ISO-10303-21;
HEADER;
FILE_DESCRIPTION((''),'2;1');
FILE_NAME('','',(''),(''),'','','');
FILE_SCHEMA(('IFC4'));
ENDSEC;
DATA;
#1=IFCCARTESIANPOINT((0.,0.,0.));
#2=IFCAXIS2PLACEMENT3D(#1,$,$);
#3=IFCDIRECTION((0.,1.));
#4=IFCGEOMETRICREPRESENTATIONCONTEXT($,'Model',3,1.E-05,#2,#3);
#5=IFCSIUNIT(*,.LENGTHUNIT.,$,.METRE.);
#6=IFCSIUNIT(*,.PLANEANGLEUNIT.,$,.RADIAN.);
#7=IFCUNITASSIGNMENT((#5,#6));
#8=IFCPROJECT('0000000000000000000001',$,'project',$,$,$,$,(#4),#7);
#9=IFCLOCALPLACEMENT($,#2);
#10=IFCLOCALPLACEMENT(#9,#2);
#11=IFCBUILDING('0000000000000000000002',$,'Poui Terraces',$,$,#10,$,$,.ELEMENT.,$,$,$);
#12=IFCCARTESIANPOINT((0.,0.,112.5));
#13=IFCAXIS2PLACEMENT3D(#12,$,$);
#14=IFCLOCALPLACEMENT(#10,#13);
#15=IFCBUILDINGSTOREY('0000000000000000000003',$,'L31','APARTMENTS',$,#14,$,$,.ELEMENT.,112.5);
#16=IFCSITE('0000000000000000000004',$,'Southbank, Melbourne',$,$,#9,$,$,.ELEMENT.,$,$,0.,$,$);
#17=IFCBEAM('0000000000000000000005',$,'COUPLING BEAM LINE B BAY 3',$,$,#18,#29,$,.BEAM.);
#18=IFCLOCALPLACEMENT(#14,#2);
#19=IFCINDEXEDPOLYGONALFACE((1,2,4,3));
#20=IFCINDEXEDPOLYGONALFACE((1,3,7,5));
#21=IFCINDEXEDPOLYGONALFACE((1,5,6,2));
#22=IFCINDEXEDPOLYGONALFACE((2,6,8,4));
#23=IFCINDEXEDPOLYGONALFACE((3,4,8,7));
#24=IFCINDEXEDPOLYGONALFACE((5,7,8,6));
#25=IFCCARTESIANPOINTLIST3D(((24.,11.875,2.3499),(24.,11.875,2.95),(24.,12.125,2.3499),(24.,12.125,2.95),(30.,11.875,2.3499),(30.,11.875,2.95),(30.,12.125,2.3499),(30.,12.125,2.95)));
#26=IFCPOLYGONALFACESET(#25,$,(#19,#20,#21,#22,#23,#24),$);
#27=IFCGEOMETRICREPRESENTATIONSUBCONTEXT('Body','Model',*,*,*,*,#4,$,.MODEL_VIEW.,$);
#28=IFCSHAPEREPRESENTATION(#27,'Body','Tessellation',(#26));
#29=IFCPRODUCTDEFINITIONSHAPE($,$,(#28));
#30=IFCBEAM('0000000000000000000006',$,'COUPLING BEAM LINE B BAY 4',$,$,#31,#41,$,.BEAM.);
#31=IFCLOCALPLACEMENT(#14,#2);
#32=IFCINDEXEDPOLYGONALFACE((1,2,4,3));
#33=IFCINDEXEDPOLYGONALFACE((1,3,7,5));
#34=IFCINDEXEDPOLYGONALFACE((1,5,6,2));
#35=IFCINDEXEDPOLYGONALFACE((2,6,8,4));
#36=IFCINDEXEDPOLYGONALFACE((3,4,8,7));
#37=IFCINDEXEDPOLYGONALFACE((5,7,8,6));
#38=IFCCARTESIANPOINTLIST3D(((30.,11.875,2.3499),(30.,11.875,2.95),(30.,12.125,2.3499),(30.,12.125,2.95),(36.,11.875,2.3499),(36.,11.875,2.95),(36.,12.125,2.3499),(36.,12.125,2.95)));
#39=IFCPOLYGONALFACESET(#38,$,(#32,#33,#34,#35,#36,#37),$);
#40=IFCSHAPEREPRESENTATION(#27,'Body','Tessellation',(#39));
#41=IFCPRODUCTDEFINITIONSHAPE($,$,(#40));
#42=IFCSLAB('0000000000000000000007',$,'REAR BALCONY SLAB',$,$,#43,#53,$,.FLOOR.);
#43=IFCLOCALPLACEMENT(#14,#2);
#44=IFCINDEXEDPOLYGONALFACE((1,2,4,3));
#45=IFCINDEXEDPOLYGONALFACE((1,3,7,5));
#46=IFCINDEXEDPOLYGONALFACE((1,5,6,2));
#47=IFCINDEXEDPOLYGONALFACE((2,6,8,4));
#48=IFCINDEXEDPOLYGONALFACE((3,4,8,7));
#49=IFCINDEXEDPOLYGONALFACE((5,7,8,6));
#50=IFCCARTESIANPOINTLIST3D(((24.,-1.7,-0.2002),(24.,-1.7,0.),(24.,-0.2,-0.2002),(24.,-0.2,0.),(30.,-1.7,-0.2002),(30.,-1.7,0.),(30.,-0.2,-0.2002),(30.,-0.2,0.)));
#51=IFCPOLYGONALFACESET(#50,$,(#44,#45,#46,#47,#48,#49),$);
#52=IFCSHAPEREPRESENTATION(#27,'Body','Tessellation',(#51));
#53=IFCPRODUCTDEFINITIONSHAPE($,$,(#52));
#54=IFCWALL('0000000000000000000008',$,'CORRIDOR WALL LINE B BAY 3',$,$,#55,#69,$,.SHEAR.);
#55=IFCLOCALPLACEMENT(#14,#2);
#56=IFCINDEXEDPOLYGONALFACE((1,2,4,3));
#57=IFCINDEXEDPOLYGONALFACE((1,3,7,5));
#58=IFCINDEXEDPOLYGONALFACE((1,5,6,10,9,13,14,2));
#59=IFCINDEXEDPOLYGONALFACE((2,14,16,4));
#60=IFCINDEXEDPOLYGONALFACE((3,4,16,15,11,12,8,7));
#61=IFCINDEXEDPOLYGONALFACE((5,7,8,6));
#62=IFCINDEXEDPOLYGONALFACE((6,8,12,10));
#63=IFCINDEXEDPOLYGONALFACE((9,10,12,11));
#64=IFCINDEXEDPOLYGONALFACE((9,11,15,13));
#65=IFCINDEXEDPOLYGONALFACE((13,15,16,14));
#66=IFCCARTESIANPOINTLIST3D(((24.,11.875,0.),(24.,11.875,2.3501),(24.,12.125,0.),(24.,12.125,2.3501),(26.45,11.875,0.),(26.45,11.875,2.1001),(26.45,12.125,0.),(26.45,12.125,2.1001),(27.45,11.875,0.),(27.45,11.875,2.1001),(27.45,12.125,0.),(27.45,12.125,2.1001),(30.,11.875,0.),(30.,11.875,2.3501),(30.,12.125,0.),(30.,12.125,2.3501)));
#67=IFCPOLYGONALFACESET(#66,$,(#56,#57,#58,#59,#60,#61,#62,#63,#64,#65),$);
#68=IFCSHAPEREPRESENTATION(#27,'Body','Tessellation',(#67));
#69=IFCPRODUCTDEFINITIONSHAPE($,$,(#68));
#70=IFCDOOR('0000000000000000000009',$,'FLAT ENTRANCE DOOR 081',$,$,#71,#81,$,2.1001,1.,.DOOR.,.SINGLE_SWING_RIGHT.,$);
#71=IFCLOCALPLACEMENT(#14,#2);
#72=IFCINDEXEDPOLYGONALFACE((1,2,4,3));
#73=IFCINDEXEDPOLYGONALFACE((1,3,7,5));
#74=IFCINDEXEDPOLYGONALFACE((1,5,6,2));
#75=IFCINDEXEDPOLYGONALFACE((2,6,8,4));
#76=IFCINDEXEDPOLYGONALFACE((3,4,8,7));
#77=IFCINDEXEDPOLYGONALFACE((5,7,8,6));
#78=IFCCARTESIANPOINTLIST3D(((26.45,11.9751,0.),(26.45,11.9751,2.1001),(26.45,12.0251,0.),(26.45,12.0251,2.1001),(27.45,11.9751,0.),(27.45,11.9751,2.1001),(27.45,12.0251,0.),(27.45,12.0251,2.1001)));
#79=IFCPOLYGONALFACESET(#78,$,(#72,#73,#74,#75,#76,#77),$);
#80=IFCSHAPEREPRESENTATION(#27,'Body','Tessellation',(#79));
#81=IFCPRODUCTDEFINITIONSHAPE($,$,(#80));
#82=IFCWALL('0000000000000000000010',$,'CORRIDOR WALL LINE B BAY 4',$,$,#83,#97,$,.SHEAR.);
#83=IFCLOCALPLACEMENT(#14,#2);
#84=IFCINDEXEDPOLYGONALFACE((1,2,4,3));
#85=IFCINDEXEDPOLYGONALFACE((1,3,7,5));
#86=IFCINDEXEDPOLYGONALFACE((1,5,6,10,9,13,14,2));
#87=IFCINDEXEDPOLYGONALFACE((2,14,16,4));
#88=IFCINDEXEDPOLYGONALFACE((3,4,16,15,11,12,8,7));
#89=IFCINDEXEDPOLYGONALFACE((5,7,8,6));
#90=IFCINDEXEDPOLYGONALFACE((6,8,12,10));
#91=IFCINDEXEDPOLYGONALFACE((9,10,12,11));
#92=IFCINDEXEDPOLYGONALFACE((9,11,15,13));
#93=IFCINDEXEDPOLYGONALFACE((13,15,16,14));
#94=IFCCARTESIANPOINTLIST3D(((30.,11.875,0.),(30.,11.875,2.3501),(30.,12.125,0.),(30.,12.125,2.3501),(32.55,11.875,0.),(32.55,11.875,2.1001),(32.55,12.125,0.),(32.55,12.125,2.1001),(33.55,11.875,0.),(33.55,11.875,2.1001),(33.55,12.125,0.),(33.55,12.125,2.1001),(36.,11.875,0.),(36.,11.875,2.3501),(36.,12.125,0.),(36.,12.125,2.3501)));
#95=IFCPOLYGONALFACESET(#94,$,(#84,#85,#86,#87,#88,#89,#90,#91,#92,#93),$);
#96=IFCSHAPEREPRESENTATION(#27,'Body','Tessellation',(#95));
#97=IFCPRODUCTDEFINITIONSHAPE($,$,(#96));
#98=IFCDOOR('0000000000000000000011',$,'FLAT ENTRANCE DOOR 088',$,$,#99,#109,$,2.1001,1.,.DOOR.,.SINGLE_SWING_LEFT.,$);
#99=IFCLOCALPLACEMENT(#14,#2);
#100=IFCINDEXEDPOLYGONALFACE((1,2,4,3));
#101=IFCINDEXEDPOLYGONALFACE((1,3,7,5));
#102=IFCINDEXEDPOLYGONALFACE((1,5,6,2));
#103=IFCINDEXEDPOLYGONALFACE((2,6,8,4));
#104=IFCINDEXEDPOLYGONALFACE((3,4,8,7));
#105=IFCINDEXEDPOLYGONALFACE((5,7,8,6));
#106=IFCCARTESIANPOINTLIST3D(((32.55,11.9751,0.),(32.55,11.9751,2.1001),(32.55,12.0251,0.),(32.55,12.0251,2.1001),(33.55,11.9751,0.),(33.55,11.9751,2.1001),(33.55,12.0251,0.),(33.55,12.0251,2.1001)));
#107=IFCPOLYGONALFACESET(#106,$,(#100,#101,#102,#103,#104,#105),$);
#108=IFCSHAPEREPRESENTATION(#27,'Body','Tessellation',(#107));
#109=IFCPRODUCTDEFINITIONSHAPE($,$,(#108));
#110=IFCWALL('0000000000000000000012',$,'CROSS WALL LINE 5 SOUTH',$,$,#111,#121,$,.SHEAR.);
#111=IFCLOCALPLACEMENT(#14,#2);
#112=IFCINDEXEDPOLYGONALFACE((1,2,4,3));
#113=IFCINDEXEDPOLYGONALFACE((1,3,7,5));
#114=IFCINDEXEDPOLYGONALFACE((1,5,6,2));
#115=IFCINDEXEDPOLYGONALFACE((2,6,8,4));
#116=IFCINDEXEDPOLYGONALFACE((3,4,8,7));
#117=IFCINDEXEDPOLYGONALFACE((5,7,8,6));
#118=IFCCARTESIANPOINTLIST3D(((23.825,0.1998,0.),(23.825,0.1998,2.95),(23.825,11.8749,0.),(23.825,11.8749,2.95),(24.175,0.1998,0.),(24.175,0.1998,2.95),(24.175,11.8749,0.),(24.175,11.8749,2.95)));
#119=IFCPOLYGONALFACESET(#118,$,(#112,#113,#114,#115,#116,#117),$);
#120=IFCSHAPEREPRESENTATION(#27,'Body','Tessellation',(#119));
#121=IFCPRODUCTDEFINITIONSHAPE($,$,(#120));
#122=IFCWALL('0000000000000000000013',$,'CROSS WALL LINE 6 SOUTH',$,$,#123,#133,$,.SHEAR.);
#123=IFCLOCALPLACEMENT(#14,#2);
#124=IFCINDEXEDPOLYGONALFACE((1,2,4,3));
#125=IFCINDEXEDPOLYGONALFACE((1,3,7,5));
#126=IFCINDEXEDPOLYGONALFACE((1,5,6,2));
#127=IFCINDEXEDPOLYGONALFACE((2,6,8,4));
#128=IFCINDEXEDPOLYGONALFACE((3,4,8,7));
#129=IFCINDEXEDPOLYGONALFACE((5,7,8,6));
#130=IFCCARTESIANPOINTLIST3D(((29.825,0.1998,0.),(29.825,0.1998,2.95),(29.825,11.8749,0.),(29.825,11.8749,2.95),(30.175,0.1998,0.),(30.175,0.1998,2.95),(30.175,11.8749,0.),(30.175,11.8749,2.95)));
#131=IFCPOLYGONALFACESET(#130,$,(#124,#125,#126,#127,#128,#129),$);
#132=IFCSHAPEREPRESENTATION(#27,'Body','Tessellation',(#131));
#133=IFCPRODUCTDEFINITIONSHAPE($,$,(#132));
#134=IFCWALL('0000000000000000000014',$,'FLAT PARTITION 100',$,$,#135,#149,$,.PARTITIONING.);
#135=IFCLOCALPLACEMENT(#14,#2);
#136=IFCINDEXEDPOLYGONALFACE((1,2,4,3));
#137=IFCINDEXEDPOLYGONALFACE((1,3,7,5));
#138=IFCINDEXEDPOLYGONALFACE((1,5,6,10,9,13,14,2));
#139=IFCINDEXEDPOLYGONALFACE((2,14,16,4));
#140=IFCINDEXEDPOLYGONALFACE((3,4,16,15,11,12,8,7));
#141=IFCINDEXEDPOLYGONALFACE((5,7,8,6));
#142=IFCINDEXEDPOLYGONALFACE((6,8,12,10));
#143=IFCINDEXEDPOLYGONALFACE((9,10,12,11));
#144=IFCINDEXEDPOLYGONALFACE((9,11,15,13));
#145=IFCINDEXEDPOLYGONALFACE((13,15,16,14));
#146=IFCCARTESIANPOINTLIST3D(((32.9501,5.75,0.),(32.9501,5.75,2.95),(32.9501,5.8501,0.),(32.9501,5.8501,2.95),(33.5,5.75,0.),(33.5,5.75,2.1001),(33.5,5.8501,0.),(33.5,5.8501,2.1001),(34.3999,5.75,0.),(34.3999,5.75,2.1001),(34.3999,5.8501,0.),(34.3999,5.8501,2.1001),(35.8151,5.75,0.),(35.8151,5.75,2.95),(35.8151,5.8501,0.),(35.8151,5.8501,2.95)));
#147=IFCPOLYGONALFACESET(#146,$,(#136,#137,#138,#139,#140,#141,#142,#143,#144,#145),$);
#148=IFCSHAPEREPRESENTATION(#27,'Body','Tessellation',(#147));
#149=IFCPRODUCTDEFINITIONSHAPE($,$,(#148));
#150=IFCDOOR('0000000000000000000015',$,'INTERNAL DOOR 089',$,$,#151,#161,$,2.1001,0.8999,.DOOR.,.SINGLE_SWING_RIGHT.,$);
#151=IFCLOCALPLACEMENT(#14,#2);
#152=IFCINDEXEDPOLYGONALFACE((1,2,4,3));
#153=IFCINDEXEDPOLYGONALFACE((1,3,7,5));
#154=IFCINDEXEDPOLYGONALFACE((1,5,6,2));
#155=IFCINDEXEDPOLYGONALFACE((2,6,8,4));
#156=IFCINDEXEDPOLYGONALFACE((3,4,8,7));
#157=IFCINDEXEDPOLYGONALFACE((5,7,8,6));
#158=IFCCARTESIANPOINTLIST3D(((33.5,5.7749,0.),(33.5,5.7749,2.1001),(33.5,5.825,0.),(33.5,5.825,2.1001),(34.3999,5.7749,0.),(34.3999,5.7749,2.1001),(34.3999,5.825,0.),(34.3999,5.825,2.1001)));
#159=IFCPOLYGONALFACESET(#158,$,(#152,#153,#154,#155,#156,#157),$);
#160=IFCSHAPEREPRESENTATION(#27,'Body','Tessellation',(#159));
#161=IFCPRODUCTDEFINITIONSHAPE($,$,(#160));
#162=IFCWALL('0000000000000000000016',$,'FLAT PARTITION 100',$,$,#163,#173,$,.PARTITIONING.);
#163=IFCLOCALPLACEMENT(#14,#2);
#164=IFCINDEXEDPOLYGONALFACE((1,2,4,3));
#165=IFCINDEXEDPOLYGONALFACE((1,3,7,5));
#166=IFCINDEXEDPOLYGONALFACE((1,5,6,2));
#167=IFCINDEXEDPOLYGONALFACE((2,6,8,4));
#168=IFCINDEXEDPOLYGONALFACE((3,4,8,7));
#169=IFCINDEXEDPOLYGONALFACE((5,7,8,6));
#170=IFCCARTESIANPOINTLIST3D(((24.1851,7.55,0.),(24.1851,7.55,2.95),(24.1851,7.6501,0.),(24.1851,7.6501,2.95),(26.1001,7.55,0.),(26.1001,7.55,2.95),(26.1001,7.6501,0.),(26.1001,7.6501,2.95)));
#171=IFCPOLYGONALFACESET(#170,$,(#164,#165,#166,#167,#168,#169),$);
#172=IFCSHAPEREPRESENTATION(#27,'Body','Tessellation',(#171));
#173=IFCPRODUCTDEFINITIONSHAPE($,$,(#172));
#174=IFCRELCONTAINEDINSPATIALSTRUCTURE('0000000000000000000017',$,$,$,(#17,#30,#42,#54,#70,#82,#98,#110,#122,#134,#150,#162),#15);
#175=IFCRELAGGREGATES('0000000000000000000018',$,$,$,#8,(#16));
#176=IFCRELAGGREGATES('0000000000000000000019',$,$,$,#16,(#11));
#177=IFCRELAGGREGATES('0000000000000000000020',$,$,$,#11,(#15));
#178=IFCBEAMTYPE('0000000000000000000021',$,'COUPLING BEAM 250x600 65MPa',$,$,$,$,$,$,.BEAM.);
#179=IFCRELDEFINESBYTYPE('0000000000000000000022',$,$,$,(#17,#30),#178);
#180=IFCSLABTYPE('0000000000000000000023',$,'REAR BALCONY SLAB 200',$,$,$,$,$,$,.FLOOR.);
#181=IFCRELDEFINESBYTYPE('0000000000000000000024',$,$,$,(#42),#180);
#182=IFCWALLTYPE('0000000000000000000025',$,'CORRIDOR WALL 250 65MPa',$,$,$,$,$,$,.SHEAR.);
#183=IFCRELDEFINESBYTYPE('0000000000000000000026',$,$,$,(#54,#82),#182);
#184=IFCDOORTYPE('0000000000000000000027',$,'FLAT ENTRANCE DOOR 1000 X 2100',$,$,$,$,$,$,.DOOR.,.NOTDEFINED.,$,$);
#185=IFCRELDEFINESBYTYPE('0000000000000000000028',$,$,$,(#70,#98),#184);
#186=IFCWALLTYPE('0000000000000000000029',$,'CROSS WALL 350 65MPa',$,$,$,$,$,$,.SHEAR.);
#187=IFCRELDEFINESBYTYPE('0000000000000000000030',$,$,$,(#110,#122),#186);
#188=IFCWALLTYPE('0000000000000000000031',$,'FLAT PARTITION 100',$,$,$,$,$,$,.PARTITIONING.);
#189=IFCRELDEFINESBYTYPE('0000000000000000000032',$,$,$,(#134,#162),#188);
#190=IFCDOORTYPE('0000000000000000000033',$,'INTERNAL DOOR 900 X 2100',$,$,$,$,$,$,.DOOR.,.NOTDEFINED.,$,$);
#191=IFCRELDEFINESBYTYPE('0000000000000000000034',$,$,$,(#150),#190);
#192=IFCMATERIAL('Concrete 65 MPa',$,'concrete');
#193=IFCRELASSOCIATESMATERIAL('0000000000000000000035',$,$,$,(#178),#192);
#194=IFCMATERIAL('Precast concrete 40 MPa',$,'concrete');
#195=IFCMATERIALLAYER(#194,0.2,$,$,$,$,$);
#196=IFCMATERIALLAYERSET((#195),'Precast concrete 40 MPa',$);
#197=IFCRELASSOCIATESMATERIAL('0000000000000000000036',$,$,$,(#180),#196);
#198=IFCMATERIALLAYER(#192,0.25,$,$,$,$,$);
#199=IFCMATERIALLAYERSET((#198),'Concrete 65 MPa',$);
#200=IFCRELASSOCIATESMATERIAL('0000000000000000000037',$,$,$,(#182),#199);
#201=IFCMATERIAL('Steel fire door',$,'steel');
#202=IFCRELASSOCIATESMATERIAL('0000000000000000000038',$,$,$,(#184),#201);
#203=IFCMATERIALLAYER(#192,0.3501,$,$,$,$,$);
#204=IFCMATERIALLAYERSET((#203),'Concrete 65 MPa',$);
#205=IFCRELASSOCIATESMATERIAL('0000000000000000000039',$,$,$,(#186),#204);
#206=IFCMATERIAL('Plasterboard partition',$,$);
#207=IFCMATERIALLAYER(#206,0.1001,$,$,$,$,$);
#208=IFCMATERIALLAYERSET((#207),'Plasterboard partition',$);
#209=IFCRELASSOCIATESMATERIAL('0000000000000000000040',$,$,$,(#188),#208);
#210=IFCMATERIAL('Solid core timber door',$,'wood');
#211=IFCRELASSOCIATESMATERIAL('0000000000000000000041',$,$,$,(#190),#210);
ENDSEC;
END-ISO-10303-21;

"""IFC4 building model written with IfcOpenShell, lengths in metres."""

from ifc_helpers import new_model, si_unit, direction, frame, frame_2d, origin, origin_2d, place, context, subcontext, project, spatial, polyline, rectangle, outline, extrude, source, transform, mapped, material, layer, layer_set, material_profile, profile_set, type_object, element, fill, save


model = new_model("IFC4")

# Units and contexts
model_context = context("Model", 3, precision=1e-05, world=origin(), true_north=direction((0.0, 1.0)))
body_context = subcontext(model_context, "Body", "Model", "MODEL_VIEW")
ifc_project = project(units=[si_unit("LENGTHUNIT", "METRE"), si_unit("PLANEANGLEUNIT", "RADIAN")], contexts=[model_context])

# Site, building, storey
site_placement = place(None, origin())
site = spatial("IfcSite", under=ifc_project, at=site_placement, Name="Southbank, Melbourne", CompositionType="ELEMENT", RefElevation=0.0)
building_placement = place(site_placement, origin())
building = spatial("IfcBuilding", under=site, at=building_placement, Name="Poui Terraces", CompositionType="ELEMENT")
storey_placement = place(building_placement, frame((0.0, 0.0, 112.5)))
storey = spatial("IfcBuildingStorey", under=building, at=storey_placement, Name="L31", Description="APARTMENTS", CompositionType="ELEMENT", Elevation=112.5)

# Beams
ifc_material_1 = material(Name="Concrete 65 MPa", Category="concrete")
ifc_material_profile_1 = material_profile(ifc_material_1, rectangle(XDim=0.25, YDim=0.6001, at=origin_2d()), Name="RC 250x600")
ifc_profile_set_1 = profile_set([ifc_material_profile_1], Name="Concrete 65 MPa")
beam_type = type_object("IfcBeamType", Name="COUPLING BEAM 250x600 65MPa", PredefinedType="BEAM", material=ifc_profile_set_1)
shared_shape_1 = source(origin(), body_context, "Body", "SweptSolid", [
    extrude(rectangle(XDim=0.25, YDim=0.6001, at=origin_2d()), origin(), (0.0, 0.0, 1.0), 6.0),
])
for number, where, z_axis, x_axis, name in (
    (1, (24.0, 12.0, 2.6499), (1.0, 0.0, 0.0), (0.0, 1.0, 0.0), "COUPLING BEAM LINE B BAY 3"),
    (2, (30.0, 12.0, 2.6499), (1.0, 0.0, 0.0), (0.0, 1.0, 0.0), "COUPLING BEAM LINE B BAY 4"),
):
    element("IfcBeam", number, at=place(storey_placement, frame(where, z_axis=z_axis, x_axis=x_axis)), inside=storey, type_object=beam_type, Name=name, PredefinedType="BEAM", context=body_context, shape_type="MappedRepresentation", body=[
        mapped(shared_shape_1, transform((0.0, 0.0, 0.0))),
    ])

# Slab
ifc_material_2 = material(Name="Precast concrete 40 MPa", Category="concrete")
ifc_layer_1 = layer(ifc_material_2, 0.2)
ifc_layer_set_1 = layer_set([ifc_layer_1], Name="Precast concrete 40 MPa")
slab_type = type_object("IfcSlabType", Name="REAR BALCONY SLAB 200", PredefinedType="FLOOR", material=ifc_layer_set_1)
shared_shape_2 = source(origin(), body_context, "Body", "SweptSolid", [
    extrude(outline(polyline([(0.0, 0.0), (6.0, 0.0), (6.0, 1.5), (0.0, 1.5), (0.0, 0.0)])), origin(), (0.0, 0.0, 1.0), 0.2002),
])
slab_placement = place(storey_placement, frame((24.0, -1.7, -0.2002)))
element("IfcSlab", 3, at=slab_placement, inside=storey, type_object=slab_type, Name="REAR BALCONY SLAB", PredefinedType="FLOOR", context=body_context, shape_type="MappedRepresentation", body=[
    mapped(shared_shape_2, transform((0.0, 0.0, 0.0))),
])

# Walls, openings, doors
ifc_layer_2 = layer(ifc_material_1, 0.25)
ifc_layer_set_2 = layer_set([ifc_layer_2], Name="Concrete 65 MPa")
wall_type_1 = type_object("IfcWallType", Name="CORRIDOR WALL 250 65MPa", PredefinedType="SHEAR", material=ifc_layer_set_2)
wall_1_placement = place(storey_placement, frame((24.0, 12.0, 0.0), z_axis=(0.0, 0.0, 1.0), x_axis=(1.0, 0.0, 0.0)))
wall_1 = element("IfcWall", 4, at=wall_1_placement, inside=storey, type_object=wall_type_1, Name="CORRIDOR WALL LINE B BAY 3", PredefinedType="SHEAR", context=body_context, shape_type="SweptSolid", body=[
    extrude(rectangle(XDim=6.0, YDim=0.25, at=frame_2d((3.0, 0.0))), origin(), (0.0, 0.0, 1.0), 2.3501),
])
opening_1_placement = place(wall_1_placement, frame((2.45, 0.0, 0.0)))
opening_1 = element("IfcOpeningElement", 5, at=opening_1_placement, cuts=wall_1, PredefinedType="OPENING", context=body_context, shape_type="SweptSolid", body=[
    extrude(rectangle(XDim=1.0, YDim=2.1001, at=frame_2d((0.5, 1.05))), frame((0.0, 0.135, 0.0), z_axis=(0.0, -1.0, 0.0), x_axis=(1.0, 0.0, 0.0)), (0.0, 0.0, 1.0), 0.27),
])
ifc_material_3 = material(Name="Steel fire door", Category="steel")
door_type_1 = type_object("IfcDoorType", Name="FLAT ENTRANCE DOOR 1000 X 2100", OperationType="NOTDEFINED", PredefinedType="DOOR", material=ifc_material_3)
door_1_placement = place(opening_1_placement, frame((1.0, 0.0, 0.0), z_axis=(0.0, 0.0, 1.0), x_axis=(-1.0, 0.0, 0.0)))
door_1 = element("IfcDoor", 6, at=door_1_placement, inside=storey, type_object=door_type_1, Name="FLAT ENTRANCE DOOR 081", OperationType="SINGLE_SWING_RIGHT", OverallHeight=2.1001, OverallWidth=1.0, PredefinedType="DOOR", context=body_context, shape_type="SweptSolid", body=[
    extrude(rectangle(XDim=1.0, YDim=2.1001, at=frame_2d((0.5, 1.05))), frame((0.0, 0.0249, 0.0), z_axis=(0.0, -1.0, 0.0), x_axis=(1.0, 0.0, 0.0)), (0.0, 0.0, 1.0), 0.05),
])
fill(opening_1, door_1)
wall_2_placement = place(storey_placement, frame((30.0, 12.0, 0.0), z_axis=(0.0, 0.0, 1.0), x_axis=(1.0, 0.0, 0.0)))
wall_2 = element("IfcWall", 7, at=wall_2_placement, inside=storey, type_object=wall_type_1, Name="CORRIDOR WALL LINE B BAY 4", PredefinedType="SHEAR", context=body_context, shape_type="SweptSolid", body=[
    extrude(rectangle(XDim=6.0, YDim=0.25, at=frame_2d((3.0, 0.0))), origin(), (0.0, 0.0, 1.0), 2.3501),
])
opening_2_placement = place(wall_2_placement, frame((2.55, 0.0, 0.0)))
opening_2 = element("IfcOpeningElement", 8, at=opening_2_placement, cuts=wall_2, PredefinedType="OPENING", context=body_context, shape_type="SweptSolid", body=[
    extrude(rectangle(XDim=1.0, YDim=2.1001, at=frame_2d((0.5, 1.05))), frame((0.0, 0.135, 0.0), z_axis=(0.0, -1.0, 0.0), x_axis=(1.0, 0.0, 0.0)), (0.0, 0.0, 1.0), 0.27),
])
door_2_placement = place(opening_2_placement, frame((1.0, 0.0, 0.0), z_axis=(0.0, 0.0, 1.0), x_axis=(-1.0, 0.0, 0.0)))
door_2 = element("IfcDoor", 9, at=door_2_placement, inside=storey, type_object=door_type_1, Name="FLAT ENTRANCE DOOR 088", OperationType="SINGLE_SWING_LEFT", OverallHeight=2.1001, OverallWidth=1.0, PredefinedType="DOOR", context=body_context, shape_type="SweptSolid", body=[
    extrude(rectangle(XDim=1.0, YDim=2.1001, at=frame_2d((0.5, 1.05))), frame((0.0, 0.0249, 0.0), z_axis=(0.0, -1.0, 0.0), x_axis=(1.0, 0.0, 0.0)), (0.0, 0.0, 1.0), 0.05),
])
fill(opening_2, door_2)

# Walls
ifc_layer_3 = layer(ifc_material_1, 0.3501)
ifc_layer_set_3 = layer_set([ifc_layer_3], Name="Concrete 65 MPa")
wall_type_2 = type_object("IfcWallType", Name="CROSS WALL 350 65MPa", PredefinedType="SHEAR", material=ifc_layer_set_3)
for number, where, z_axis, x_axis, name in (
    (10, (24.0, 0.2, 0.0), (0.0, 0.0, 1.0), (0.0, 1.0, 0.0), "CROSS WALL LINE 5 SOUTH"),
    (11, (30.0, 0.2, 0.0), (0.0, 0.0, 1.0), (0.0, 1.0, 0.0), "CROSS WALL LINE 6 SOUTH"),
):
    element("IfcWall", number, at=place(storey_placement, frame(where, z_axis=z_axis, x_axis=x_axis)), inside=storey, type_object=wall_type_2, Name=name, PredefinedType="SHEAR", context=body_context, shape_type="SweptSolid", body=[
        extrude(rectangle(XDim=11.675, YDim=0.3501, at=frame_2d((5.8374, 0.0))), origin(), (0.0, 0.0, 1.0), 2.95),
    ])

# Wall, opening, door
ifc_material_4 = material(Name="Plasterboard partition")
ifc_layer_4 = layer(ifc_material_4, 0.1001)
ifc_layer_set_4 = layer_set([ifc_layer_4], Name="Plasterboard partition")
wall_type_3 = type_object("IfcWallType", Name="FLAT PARTITION 100", PredefinedType="PARTITIONING", material=ifc_layer_set_4)
wall_3_placement = place(storey_placement, frame((32.95, 5.8, 0.0), z_axis=(0.0, 0.0, 1.0), x_axis=(1.0, 0.0, 0.0)))
wall_3 = element("IfcWall", 12, at=wall_3_placement, inside=storey, type_object=wall_type_3, Name="FLAT PARTITION 100", PredefinedType="PARTITIONING", context=body_context, shape_type="SweptSolid", body=[
    extrude(rectangle(XDim=2.865, YDim=0.1001, at=frame_2d((1.4326, 0.0))), origin(), (0.0, 0.0, 1.0), 2.95),
])
opening_3_placement = place(wall_3_placement, frame((0.55, 0.0, 0.0)))
opening_3 = element("IfcOpeningElement", 13, at=opening_3_placement, cuts=wall_3, PredefinedType="OPENING", context=body_context, shape_type="SweptSolid", body=[
    extrude(rectangle(XDim=0.8999, YDim=2.1001, at=frame_2d((0.45, 1.05))), frame((0.0, 0.0601, 0.0), z_axis=(0.0, -1.0, 0.0), x_axis=(1.0, 0.0, 0.0)), (0.0, 0.0, 1.0), 0.1201),
])
ifc_material_5 = material(Name="Solid core timber door", Category="wood")
door_type_2 = type_object("IfcDoorType", Name="INTERNAL DOOR 900 X 2100", OperationType="NOTDEFINED", PredefinedType="DOOR", material=ifc_material_5)
door_3_placement = place(opening_3_placement, origin())
door_3 = element("IfcDoor", 14, at=door_3_placement, inside=storey, type_object=door_type_2, Name="INTERNAL DOOR 089", OperationType="SINGLE_SWING_RIGHT", OverallHeight=2.1001, OverallWidth=0.8999, PredefinedType="DOOR", context=body_context, shape_type="SweptSolid", body=[
    extrude(rectangle(XDim=0.8999, YDim=2.1001, at=frame_2d((0.45, 1.05))), frame((0.0, 0.0249, 0.0), z_axis=(0.0, -1.0, 0.0), x_axis=(1.0, 0.0, 0.0)), (0.0, 0.0, 1.0), 0.05),
])
fill(opening_3, door_3)

# Wall
wall_4_placement = place(storey_placement, frame((24.1851, 7.6001, 0.0), z_axis=(0.0, 0.0, 1.0), x_axis=(1.0, 0.0, 0.0)))
element("IfcWall", 15, at=wall_4_placement, inside=storey, type_object=wall_type_3, Name="FLAT PARTITION 100", PredefinedType="PARTITIONING", context=body_context, shape_type="SweptSolid", body=[
    extrude(rectangle(XDim=1.915, YDim=0.1001, at=frame_2d((0.9575, 0.0))), origin(), (0.0, 0.0, 1.0), 2.95),
])

save(model, "model.ifc")
